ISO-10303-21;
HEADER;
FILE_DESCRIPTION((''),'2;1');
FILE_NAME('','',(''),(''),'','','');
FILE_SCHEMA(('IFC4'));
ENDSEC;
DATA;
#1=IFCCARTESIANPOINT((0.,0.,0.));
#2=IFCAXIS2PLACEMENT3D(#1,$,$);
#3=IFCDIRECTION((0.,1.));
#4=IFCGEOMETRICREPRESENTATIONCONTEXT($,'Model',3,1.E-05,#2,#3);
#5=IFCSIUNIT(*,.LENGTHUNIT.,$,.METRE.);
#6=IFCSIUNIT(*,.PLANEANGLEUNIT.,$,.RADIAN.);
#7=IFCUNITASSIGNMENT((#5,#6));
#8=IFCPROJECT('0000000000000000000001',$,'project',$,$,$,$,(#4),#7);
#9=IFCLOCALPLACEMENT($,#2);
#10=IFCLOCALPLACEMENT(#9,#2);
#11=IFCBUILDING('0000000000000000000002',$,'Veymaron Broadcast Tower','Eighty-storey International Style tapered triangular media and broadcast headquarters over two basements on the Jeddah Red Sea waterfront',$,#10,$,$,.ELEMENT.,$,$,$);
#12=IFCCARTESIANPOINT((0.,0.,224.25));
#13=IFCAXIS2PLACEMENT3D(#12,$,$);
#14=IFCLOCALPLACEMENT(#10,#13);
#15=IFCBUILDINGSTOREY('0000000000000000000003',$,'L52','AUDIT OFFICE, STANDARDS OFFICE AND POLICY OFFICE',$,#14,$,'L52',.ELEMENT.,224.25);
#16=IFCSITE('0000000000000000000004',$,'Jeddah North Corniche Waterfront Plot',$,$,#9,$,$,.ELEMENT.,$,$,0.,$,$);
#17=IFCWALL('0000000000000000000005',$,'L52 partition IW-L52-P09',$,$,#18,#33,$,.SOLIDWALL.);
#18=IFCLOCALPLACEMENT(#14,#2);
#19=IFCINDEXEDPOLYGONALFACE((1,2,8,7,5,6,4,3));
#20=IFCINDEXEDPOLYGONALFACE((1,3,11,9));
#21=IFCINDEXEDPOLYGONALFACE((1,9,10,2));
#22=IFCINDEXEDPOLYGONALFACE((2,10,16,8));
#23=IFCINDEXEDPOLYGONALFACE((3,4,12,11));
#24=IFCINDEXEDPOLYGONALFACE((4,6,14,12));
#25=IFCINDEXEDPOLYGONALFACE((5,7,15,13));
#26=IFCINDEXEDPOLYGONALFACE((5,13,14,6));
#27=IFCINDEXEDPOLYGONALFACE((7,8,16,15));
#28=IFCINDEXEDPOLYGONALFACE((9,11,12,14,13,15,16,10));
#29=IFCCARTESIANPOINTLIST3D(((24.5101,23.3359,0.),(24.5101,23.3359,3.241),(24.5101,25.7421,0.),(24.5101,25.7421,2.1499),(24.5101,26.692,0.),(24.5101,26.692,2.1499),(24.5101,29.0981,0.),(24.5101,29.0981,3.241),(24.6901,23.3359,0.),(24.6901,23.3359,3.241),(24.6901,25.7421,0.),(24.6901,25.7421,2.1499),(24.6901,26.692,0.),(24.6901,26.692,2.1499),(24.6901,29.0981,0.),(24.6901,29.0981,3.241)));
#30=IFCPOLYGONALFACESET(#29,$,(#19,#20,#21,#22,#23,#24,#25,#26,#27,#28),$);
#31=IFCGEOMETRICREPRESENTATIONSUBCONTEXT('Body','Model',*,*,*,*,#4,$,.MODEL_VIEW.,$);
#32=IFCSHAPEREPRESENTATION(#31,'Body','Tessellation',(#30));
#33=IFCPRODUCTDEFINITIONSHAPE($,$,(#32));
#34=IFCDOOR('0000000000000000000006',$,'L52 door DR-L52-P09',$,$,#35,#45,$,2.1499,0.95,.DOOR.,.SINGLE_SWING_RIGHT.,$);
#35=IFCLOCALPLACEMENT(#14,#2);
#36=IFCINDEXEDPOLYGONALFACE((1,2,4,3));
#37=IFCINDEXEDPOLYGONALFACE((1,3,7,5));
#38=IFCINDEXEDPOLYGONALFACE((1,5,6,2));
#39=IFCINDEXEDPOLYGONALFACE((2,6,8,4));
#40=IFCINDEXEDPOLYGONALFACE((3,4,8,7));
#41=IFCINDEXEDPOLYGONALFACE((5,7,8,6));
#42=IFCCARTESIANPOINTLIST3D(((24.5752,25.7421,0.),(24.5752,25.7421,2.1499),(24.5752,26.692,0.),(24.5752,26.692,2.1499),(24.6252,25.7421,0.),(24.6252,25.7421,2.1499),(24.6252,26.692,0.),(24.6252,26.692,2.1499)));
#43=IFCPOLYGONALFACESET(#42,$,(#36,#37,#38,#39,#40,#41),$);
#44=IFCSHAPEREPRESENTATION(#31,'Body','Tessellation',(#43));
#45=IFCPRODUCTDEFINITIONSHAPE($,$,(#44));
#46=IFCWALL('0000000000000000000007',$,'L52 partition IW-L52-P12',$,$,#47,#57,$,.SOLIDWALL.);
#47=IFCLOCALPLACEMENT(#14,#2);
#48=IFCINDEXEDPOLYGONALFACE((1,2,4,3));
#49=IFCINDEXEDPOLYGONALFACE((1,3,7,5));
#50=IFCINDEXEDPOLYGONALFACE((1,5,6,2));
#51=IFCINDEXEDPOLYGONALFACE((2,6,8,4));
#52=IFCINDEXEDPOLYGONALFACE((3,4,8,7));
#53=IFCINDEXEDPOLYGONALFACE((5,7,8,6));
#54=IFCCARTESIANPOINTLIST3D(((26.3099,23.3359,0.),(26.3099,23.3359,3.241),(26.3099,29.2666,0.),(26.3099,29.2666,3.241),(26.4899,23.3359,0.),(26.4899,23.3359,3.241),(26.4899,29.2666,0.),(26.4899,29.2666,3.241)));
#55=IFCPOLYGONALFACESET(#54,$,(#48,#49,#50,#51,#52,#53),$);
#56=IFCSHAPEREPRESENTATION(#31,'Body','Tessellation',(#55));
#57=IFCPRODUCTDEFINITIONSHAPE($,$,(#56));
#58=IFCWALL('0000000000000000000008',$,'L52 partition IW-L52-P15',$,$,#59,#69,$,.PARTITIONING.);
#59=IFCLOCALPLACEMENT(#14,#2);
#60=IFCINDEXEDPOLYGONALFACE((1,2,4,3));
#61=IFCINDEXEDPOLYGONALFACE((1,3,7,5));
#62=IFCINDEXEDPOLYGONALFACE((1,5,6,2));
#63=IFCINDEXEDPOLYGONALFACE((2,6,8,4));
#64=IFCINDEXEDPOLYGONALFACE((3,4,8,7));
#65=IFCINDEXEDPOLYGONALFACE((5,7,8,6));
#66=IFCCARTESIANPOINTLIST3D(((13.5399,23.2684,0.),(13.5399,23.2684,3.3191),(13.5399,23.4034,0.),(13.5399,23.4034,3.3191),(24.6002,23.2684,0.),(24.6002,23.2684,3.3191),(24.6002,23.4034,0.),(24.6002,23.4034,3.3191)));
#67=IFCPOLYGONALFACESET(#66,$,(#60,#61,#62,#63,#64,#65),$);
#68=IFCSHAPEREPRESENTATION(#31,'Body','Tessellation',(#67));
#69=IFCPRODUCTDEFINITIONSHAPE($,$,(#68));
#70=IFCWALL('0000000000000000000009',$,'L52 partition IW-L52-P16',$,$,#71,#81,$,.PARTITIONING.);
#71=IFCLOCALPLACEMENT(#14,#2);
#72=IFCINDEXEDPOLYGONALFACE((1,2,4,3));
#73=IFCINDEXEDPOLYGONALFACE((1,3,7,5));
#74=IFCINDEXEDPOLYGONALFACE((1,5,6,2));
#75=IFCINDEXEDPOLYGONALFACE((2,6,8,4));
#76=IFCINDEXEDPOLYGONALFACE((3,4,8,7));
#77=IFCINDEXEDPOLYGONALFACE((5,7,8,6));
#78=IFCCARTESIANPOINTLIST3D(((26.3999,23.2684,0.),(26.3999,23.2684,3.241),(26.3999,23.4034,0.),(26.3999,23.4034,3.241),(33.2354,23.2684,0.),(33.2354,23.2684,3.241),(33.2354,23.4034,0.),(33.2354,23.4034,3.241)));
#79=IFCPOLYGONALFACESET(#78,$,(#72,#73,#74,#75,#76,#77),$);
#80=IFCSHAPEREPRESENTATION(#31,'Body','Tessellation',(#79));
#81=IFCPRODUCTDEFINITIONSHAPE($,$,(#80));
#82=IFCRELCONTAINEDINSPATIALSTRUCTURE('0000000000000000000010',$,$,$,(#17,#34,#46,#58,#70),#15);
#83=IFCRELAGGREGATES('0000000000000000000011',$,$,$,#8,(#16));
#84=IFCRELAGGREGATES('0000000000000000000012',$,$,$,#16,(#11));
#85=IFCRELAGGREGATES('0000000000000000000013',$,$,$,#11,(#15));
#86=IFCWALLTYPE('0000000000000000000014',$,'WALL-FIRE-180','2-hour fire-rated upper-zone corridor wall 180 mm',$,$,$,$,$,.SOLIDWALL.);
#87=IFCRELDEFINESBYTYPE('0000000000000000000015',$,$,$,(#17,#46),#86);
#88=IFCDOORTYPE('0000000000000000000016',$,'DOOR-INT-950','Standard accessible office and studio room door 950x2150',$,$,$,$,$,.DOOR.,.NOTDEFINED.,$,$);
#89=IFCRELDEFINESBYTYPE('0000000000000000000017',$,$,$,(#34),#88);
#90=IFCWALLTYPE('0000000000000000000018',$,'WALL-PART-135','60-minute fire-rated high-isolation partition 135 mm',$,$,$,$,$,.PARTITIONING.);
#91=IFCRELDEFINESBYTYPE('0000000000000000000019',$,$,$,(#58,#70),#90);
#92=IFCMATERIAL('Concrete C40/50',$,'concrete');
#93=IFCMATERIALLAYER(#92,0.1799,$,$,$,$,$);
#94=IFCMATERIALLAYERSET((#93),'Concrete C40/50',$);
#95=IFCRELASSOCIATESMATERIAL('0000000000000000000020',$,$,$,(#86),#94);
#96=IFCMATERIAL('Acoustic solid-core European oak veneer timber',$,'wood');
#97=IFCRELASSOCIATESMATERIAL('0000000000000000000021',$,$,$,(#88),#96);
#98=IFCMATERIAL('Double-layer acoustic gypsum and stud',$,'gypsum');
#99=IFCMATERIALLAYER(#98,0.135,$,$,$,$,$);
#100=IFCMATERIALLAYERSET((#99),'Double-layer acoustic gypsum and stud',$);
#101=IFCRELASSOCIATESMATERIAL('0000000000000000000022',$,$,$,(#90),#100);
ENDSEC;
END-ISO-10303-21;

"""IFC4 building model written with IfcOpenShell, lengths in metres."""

from ifc_helpers import new_model, si_unit, direction, frame, frame_2d, origin, place, context, subcontext, project, spatial, rectangle, extrude, material, layer, layer_set, type_object, element, fill, save


model = new_model("IFC4")

# Units and contexts
model_context = context("Model", 3, precision=1e-05, world=origin(), true_north=direction((0.0, 1.0)))
body_context = subcontext(model_context, "Body", "Model", "MODEL_VIEW")
ifc_project = project(units=[si_unit("LENGTHUNIT", "METRE"), si_unit("PLANEANGLEUNIT", "RADIAN")], contexts=[model_context])

# Site, building, storey
site_placement = place(None, origin())
site = spatial("IfcSite", under=ifc_project, at=site_placement, Name="Jeddah North Corniche Waterfront Plot", CompositionType="ELEMENT", RefElevation=0.0)
building_placement = place(site_placement, origin())
building = spatial("IfcBuilding", under=site, at=building_placement, Name="Veymaron Broadcast Tower", Description="Eighty-storey International Style tapered triangular media and broadcast headquarters over two basements on the Jeddah Red Sea waterfront", CompositionType="ELEMENT")
storey_placement = place(building_placement, frame((0.0, 0.0, 224.25)))
storey = spatial("IfcBuildingStorey", under=building, at=storey_placement, Name="L52", Description="AUDIT OFFICE, STANDARDS OFFICE AND POLICY OFFICE", LongName="L52", CompositionType="ELEMENT", Elevation=224.25)

# Wall, opening, door
ifc_material_1 = material(Name="Concrete C40/50", Category="concrete")
ifc_layer_1 = layer(ifc_material_1, 0.1799)
ifc_layer_set_1 = layer_set([ifc_layer_1], Name="Concrete C40/50")
wall_type_1 = type_object("IfcWallType", Name="WALL-FIRE-180", Description="2-hour fire-rated upper-zone corridor wall 180 mm", PredefinedType="SOLIDWALL", material=ifc_layer_set_1)
wall_1_placement = place(storey_placement, frame((24.6001, 23.3359, 0.0), z_axis=(0.0, 0.0, 1.0), x_axis=(0.0, 1.0, 0.0)))
wall_1 = element("IfcWall", 1, at=wall_1_placement, inside=storey, type_object=wall_type_1, Name="L52 partition IW-L52-P09", PredefinedType="SOLIDWALL", context=body_context, shape_type="SweptSolid", body=[
    extrude(rectangle(XDim=5.7622, YDim=0.1799, at=frame_2d((2.8811, 0.0))), origin(), (0.0, 0.0, 1.0), 3.241),
])
opening_placement = place(wall_1_placement, frame((2.406, 0.0, 0.0)))
opening = element("IfcOpeningElement", 2, at=opening_placement, cuts=wall_1, PredefinedType="OPENING", context=body_context, shape_type="SweptSolid", body=[
    extrude(rectangle(XDim=0.95, YDim=2.1499, at=frame_2d((0.4751, 1.075))), frame((0.0, 0.1001, 0.0), z_axis=(0.0, -1.0, 0.0), x_axis=(1.0, 0.0, 0.0)), (0.0, 0.0, 1.0), 0.2),
])
ifc_material_2 = material(Name="Acoustic solid-core European oak veneer timber", Category="wood")
door_type = type_object("IfcDoorType", Name="DOOR-INT-950", Description="Standard accessible office and studio room door 950x2150", OperationType="NOTDEFINED", PredefinedType="DOOR", material=ifc_material_2)
door_placement = place(opening_placement, origin())
door = element("IfcDoor", 3, at=door_placement, inside=storey, type_object=door_type, Name="L52 door DR-L52-P09", OperationType="SINGLE_SWING_RIGHT", OverallHeight=2.1499, OverallWidth=0.95, PredefinedType="DOOR", context=body_context, shape_type="SweptSolid", body=[
    extrude(rectangle(XDim=0.95, YDim=2.1499, at=frame_2d((0.4751, 1.075))), frame((0.0, 0.0249, 0.0), z_axis=(0.0, -1.0, 0.0), x_axis=(1.0, 0.0, 0.0)), (0.0, 0.0, 1.0), 0.05),
])
fill(opening, door)

# Walls
wall_2_placement = place(storey_placement, frame((26.3999, 23.3359, 0.0), z_axis=(0.0, 0.0, 1.0), x_axis=(0.0, 1.0, 0.0)))
element("IfcWall", 4, at=wall_2_placement, inside=storey, type_object=wall_type_1, Name="L52 partition IW-L52-P12", PredefinedType="SOLIDWALL", context=body_context, shape_type="SweptSolid", body=[
    extrude(rectangle(XDim=5.9307, YDim=0.1799, at=frame_2d((2.9653, 0.0))), origin(), (0.0, 0.0, 1.0), 3.241),
])
ifc_material_3 = material(Name="Double-layer acoustic gypsum and stud", Category="gypsum")
ifc_layer_2 = layer(ifc_material_3, 0.135)
ifc_layer_set_2 = layer_set([ifc_layer_2], Name="Double-layer acoustic gypsum and stud")
wall_type_2 = type_object("IfcWallType", Name="WALL-PART-135", Description="60-minute fire-rated high-isolation partition 135 mm", PredefinedType="PARTITIONING", material=ifc_layer_set_2)
wall_3_placement = place(storey_placement, frame((13.5398, 23.3359, 0.0), z_axis=(0.0, 0.0, 1.0), x_axis=(1.0, 0.0, 0.0)))
element("IfcWall", 5, at=wall_3_placement, inside=storey, type_object=wall_type_2, Name="L52 partition IW-L52-P15", PredefinedType="PARTITIONING", context=body_context, shape_type="SweptSolid", body=[
    extrude(rectangle(XDim=11.0603, YDim=0.135, at=frame_2d((5.5303, 0.0))), origin(), (0.0, 0.0, 1.0), 3.3191),
])
wall_4_placement = place(storey_placement, frame((26.3999, 23.3359, 0.0), z_axis=(0.0, 0.0, 1.0), x_axis=(1.0, 0.0, 0.0)))
element("IfcWall", 6, at=wall_4_placement, inside=storey, type_object=wall_type_2, Name="L52 partition IW-L52-P16", PredefinedType="PARTITIONING", context=body_context, shape_type="SweptSolid", body=[
    extrude(rectangle(XDim=6.8354, YDim=0.135, at=frame_2d((3.4177, 0.0))), origin(), (0.0, 0.0, 1.0), 3.241),
])

save(model, "model.ifc")
